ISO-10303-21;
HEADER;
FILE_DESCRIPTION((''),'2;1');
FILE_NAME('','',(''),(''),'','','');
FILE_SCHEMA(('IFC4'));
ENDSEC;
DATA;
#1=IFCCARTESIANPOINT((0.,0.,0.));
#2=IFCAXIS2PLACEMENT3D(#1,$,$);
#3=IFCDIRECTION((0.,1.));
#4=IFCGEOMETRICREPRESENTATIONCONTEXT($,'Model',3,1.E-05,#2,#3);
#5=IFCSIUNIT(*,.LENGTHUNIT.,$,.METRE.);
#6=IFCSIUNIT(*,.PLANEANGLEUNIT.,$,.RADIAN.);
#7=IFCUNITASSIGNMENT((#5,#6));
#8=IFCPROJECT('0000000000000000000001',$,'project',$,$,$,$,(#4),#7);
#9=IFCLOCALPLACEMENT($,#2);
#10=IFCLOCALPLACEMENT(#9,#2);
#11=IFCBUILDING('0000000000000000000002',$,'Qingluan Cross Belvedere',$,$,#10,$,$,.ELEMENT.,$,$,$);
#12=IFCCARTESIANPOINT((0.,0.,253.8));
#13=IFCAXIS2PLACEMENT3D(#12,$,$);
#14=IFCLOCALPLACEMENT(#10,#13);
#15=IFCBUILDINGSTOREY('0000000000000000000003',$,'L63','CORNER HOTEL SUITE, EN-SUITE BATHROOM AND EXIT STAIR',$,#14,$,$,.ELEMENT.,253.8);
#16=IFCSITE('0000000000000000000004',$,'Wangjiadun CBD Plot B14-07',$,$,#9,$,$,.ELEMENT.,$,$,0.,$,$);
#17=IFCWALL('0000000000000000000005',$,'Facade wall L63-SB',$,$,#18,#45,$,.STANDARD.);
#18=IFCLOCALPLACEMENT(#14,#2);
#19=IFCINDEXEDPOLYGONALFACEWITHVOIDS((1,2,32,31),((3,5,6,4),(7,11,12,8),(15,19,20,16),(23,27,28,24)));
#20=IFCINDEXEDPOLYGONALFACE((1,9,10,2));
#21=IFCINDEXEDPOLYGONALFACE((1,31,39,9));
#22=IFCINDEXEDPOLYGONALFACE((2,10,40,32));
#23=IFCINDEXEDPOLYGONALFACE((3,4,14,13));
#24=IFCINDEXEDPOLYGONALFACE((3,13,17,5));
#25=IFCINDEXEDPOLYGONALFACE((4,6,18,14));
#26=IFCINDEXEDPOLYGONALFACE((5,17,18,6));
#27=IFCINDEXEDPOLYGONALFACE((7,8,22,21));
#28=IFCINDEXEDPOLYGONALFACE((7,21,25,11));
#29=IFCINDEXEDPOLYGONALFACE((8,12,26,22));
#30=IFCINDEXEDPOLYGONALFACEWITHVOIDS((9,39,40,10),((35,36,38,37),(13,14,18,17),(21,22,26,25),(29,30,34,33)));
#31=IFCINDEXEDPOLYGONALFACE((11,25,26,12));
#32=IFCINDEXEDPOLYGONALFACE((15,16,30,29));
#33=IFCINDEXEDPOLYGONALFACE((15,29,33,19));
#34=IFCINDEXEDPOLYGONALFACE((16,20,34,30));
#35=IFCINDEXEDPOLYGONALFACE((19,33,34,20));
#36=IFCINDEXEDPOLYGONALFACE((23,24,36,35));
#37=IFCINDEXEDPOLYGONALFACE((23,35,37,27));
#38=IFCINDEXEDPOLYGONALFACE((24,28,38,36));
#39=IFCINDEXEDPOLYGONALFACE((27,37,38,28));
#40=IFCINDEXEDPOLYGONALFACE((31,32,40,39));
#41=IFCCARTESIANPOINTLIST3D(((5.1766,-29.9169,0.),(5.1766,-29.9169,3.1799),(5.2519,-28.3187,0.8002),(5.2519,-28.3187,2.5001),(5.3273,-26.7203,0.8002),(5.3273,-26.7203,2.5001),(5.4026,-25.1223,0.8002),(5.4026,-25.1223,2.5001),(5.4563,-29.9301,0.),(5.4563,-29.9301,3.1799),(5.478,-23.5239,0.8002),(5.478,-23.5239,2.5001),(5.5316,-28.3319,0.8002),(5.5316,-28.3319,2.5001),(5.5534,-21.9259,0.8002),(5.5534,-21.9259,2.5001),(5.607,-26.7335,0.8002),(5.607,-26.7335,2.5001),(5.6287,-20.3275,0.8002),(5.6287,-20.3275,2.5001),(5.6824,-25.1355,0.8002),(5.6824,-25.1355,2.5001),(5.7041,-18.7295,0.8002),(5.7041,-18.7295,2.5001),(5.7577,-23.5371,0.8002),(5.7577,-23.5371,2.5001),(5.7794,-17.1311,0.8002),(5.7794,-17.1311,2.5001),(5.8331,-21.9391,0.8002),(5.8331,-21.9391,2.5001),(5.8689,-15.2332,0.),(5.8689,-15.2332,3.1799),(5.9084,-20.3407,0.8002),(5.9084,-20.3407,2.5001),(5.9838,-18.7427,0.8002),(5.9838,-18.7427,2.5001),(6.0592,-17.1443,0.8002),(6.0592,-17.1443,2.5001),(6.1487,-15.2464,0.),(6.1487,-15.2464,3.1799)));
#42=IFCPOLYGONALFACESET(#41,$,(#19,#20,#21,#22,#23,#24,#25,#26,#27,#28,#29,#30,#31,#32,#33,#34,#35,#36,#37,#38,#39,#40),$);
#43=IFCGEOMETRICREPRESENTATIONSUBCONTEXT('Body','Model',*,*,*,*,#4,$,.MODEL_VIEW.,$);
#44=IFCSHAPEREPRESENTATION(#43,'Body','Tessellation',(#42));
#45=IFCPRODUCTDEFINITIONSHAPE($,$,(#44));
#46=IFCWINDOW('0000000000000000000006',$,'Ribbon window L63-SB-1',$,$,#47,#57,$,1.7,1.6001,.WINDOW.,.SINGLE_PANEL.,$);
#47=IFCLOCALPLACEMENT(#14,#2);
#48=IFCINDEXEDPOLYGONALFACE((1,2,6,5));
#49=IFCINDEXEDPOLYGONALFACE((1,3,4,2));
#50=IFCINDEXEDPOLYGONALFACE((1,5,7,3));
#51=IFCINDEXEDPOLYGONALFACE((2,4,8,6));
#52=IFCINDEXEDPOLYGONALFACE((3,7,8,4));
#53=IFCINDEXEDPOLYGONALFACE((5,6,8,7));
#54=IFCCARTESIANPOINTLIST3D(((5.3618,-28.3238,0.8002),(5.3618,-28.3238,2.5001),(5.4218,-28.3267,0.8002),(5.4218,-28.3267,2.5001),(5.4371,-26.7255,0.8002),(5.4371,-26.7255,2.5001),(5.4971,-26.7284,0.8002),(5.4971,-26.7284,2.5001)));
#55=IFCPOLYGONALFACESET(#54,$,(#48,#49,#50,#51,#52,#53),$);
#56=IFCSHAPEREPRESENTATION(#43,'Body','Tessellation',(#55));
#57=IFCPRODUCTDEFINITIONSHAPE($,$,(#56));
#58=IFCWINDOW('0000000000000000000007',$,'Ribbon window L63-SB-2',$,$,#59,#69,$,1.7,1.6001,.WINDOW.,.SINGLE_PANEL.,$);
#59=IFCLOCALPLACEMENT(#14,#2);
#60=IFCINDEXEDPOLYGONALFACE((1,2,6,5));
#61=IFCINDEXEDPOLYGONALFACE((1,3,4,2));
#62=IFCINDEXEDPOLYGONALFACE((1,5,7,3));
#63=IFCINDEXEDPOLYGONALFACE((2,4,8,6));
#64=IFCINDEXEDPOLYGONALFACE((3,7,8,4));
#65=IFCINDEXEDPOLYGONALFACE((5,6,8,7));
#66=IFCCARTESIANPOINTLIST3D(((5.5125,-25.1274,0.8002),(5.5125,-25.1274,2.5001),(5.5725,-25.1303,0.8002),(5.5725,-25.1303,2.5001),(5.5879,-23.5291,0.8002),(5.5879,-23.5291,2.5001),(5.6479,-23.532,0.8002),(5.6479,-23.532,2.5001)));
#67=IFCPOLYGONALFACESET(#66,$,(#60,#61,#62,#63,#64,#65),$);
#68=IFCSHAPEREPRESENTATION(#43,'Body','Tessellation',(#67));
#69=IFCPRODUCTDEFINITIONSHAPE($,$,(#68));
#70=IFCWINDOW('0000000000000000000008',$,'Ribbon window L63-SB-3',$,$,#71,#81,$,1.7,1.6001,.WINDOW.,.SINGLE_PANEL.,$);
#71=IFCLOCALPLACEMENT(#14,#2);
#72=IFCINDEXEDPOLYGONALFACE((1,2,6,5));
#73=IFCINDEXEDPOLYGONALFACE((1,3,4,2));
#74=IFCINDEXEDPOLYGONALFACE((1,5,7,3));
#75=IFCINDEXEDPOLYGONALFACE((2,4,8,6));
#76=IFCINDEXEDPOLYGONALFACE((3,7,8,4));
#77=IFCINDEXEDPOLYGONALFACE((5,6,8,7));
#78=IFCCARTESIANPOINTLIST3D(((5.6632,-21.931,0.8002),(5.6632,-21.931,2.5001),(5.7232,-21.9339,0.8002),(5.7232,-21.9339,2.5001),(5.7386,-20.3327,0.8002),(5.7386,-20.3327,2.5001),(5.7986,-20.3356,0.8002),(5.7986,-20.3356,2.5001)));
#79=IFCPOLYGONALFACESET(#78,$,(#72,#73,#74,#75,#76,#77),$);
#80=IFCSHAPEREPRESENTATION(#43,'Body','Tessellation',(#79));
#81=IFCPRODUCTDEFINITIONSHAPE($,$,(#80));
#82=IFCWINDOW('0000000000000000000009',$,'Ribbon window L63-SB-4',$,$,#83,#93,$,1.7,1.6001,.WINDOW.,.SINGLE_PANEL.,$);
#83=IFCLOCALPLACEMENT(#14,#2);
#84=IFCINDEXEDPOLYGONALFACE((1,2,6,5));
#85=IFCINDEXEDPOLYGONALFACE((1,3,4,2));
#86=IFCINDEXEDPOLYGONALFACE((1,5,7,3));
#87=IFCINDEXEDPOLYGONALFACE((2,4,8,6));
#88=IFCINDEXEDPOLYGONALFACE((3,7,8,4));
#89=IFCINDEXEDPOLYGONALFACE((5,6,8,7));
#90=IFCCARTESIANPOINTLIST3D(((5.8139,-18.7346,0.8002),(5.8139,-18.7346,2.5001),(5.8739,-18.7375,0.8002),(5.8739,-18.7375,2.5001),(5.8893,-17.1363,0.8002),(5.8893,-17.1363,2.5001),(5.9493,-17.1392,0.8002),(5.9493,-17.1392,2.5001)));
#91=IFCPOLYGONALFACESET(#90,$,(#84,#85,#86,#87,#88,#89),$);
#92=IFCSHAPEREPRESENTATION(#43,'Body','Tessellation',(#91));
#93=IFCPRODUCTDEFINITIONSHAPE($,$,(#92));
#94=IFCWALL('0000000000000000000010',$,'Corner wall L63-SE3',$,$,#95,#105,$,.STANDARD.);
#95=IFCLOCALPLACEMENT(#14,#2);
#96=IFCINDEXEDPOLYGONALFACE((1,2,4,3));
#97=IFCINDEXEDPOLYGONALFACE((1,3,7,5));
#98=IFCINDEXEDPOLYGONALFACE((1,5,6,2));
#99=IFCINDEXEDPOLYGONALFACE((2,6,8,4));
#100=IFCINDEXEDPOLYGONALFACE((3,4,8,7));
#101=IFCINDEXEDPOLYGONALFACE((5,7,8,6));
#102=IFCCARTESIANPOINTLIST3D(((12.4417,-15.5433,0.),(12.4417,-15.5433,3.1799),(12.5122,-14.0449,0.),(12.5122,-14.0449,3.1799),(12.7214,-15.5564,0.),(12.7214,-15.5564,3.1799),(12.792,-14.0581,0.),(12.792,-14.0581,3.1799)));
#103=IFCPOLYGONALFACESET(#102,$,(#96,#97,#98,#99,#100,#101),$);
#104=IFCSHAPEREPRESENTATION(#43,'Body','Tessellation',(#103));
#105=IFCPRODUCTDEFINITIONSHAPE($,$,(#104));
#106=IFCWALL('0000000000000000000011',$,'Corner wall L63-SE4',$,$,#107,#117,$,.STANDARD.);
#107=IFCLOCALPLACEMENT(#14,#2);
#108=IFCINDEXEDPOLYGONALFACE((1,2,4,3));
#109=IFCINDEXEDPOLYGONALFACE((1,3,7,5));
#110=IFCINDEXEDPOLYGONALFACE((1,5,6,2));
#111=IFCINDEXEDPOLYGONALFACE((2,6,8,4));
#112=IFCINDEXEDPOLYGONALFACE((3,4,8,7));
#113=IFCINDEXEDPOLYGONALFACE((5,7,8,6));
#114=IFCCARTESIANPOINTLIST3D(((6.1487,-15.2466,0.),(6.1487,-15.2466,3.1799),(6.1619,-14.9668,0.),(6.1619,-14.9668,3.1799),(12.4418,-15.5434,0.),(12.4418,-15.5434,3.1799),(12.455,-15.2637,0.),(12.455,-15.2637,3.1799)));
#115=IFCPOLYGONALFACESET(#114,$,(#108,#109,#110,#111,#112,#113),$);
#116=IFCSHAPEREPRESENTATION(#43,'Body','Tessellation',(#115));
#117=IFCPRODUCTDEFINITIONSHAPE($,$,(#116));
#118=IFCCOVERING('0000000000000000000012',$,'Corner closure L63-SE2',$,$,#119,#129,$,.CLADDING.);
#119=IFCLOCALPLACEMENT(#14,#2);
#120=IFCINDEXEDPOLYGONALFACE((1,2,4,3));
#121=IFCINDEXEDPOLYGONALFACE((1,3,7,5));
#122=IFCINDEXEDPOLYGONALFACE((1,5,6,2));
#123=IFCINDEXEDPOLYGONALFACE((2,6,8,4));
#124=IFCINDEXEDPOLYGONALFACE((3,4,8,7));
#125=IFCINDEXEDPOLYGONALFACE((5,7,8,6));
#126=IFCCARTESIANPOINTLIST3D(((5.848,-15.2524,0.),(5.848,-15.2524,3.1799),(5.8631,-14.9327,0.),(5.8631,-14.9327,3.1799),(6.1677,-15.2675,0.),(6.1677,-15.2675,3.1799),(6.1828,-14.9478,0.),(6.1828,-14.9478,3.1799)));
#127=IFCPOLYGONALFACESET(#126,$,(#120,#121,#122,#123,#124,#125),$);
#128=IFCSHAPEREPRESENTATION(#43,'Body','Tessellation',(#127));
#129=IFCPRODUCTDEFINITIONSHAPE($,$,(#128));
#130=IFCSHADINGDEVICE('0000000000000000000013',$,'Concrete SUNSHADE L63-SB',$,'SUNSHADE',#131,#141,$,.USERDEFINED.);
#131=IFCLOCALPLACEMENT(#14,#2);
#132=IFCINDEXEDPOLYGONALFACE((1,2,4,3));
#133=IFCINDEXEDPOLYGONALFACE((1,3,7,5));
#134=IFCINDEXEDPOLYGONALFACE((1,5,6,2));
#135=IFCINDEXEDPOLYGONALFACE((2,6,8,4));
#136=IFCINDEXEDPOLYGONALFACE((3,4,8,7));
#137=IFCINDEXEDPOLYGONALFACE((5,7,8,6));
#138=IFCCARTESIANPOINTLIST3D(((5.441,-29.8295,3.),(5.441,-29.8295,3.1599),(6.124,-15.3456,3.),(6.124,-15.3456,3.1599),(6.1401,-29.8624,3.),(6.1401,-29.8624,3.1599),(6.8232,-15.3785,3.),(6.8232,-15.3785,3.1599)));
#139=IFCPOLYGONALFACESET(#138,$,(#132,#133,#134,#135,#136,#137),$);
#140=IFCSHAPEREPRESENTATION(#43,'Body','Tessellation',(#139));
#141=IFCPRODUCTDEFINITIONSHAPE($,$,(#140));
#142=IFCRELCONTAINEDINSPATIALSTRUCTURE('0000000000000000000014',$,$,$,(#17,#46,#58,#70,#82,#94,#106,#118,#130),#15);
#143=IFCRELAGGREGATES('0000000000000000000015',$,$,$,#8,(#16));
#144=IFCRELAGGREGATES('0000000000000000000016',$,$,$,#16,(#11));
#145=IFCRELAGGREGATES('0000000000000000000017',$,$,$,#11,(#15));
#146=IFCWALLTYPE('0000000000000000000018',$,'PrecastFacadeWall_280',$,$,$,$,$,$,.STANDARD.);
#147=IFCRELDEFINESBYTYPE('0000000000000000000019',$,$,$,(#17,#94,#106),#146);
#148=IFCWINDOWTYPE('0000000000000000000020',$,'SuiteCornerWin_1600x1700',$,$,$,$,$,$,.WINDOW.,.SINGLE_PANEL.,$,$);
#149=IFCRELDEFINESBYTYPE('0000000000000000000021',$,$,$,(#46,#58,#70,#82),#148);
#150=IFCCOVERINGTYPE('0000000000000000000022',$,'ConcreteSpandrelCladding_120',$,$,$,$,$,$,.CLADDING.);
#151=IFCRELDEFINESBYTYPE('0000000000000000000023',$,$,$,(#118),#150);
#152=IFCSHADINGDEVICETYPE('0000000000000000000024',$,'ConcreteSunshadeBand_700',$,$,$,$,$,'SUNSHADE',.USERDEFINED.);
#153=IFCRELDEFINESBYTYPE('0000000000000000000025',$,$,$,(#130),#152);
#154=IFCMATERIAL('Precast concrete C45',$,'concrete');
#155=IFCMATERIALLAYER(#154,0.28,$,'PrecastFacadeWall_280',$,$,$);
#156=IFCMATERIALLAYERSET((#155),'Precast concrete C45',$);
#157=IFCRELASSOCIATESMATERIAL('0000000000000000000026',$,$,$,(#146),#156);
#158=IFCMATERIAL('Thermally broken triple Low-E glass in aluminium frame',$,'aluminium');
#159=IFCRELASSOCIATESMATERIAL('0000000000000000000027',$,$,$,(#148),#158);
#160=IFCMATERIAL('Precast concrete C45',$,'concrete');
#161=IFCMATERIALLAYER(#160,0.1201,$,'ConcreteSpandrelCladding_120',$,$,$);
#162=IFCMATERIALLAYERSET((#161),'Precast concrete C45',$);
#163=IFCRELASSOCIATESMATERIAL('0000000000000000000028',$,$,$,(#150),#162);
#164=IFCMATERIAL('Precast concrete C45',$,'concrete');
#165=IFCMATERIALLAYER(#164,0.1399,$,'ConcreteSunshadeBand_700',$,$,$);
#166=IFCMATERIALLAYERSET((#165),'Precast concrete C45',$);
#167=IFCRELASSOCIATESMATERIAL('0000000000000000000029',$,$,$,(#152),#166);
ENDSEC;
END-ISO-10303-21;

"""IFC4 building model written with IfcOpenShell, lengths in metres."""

from ifc_helpers import new_model, si_unit, direction, frame, frame_2d, origin, origin_2d, place, context, subcontext, project, spatial, rectangle, extrude, material, layer, layer_set, type_object, element, fill, save


model = new_model("IFC4")

# Units and contexts
model_context = context("Model", 3, precision=1e-05, world=origin(), true_north=direction((0.0, 1.0)))
body_context = subcontext(model_context, "Body", "Model", "MODEL_VIEW")
ifc_project = project(units=[si_unit("LENGTHUNIT", "METRE"), si_unit("PLANEANGLEUNIT", "RADIAN")], contexts=[model_context])

# Site, building, storey
site_placement = place(None, origin())
site = spatial("IfcSite", under=ifc_project, at=site_placement, Name="Wangjiadun CBD Plot B14-07", CompositionType="ELEMENT", RefElevation=0.0)
building_placement = place(site_placement, origin())
building = spatial("IfcBuilding", under=site, at=building_placement, Name="Qingluan Cross Belvedere", CompositionType="ELEMENT")
storey_placement = place(building_placement, frame((0.0, 0.0, 253.8)))
storey = spatial("IfcBuildingStorey", under=building, at=storey_placement, Name="L63", Description="CORNER HOTEL SUITE, EN-SUITE BATHROOM AND EXIT STAIR", CompositionType="ELEMENT", Elevation=253.8)

# Wall, openings, windows
ifc_material_1 = material(Name="Precast concrete C45", Category="concrete")
ifc_layer_1 = layer(ifc_material_1, 0.28, Name="PrecastFacadeWall_280")
ifc_layer_set_1 = layer_set([ifc_layer_1], Name="Precast concrete C45")
wall_type_1 = type_object("IfcWallType", Name="PrecastFacadeWall_280", PredefinedType="STANDARD", material=ifc_layer_set_1)
wall_1_placement = place(storey_placement, frame((5.3164, -29.9236, 0.0), z_axis=(0.0, 0.0, 1.0), x_axis=(0.047101, 0.99889, 0.0)))
wall_1 = element("IfcWall", 1, at=wall_1_placement, inside=storey, type_object=wall_type_1, Name="Facade wall L63-SB", PredefinedType="STANDARD", context=body_context, shape_type="SweptSolid", body=[
    extrude(rectangle(XDim=14.7, YDim=0.28, at=frame_2d((7.3501, 0.0))), origin(), (0.0, 0.0, 1.0), 3.1799),
])
opening_1_placement = place(wall_1_placement, frame((1.6001, 0.0, 0.8)))
opening_1 = element("IfcOpeningElement", 2, at=opening_1_placement, cuts=wall_1, PredefinedType="OPENING", context=body_context, shape_type="SweptSolid", body=[
    extrude(rectangle(XDim=1.6001, YDim=1.7, at=frame_2d((0.8, 0.8501))), frame((0.0, 0.1499, 0.0), z_axis=(0.0, -1.0, 0.0), x_axis=(1.0, 0.0, 0.0)), (0.0, 0.0, 1.0), 0.3),
])
opening_2_placement = place(wall_1_placement, frame((4.8, 0.0, 0.8)))
opening_2 = element("IfcOpeningElement", 3, at=opening_2_placement, cuts=wall_1, PredefinedType="OPENING", context=body_context, shape_type="SweptSolid", body=[
    extrude(rectangle(XDim=1.6001, YDim=1.7, at=frame_2d((0.8, 0.8501))), frame((0.0, 0.1499, 0.0), z_axis=(0.0, -1.0, 0.0), x_axis=(1.0, 0.0, 0.0)), (0.0, 0.0, 1.0), 0.3),
])
opening_3_placement = place(wall_1_placement, frame((8.0, 0.0, 0.8)))
opening_3 = element("IfcOpeningElement", 4, at=opening_3_placement, cuts=wall_1, PredefinedType="OPENING", context=body_context, shape_type="SweptSolid", body=[
    extrude(rectangle(XDim=1.6001, YDim=1.7, at=frame_2d((0.8, 0.8501))), frame((0.0, 0.1499, 0.0), z_axis=(0.0, -1.0, 0.0), x_axis=(1.0, 0.0, 0.0)), (0.0, 0.0, 1.0), 0.3),
])
opening_4_placement = place(wall_1_placement, frame((11.2, 0.0, 0.8)))
opening_4 = element("IfcOpeningElement", 5, at=opening_4_placement, cuts=wall_1, PredefinedType="OPENING", context=body_context, shape_type="SweptSolid", body=[
    extrude(rectangle(XDim=1.6001, YDim=1.7, at=frame_2d((0.8, 0.8501))), frame((0.0, 0.1499, 0.0), z_axis=(0.0, -1.0, 0.0), x_axis=(1.0, 0.0, 0.0)), (0.0, 0.0, 1.0), 0.3),
])
ifc_material_2 = material(Name="Thermally broken triple Low-E glass in aluminium frame", Category="aluminium")
window_type = type_object("IfcWindowType", Name="SuiteCornerWin_1600x1700", PartitioningType="SINGLE_PANEL", PredefinedType="WINDOW", material=ifc_material_2)
window_1_placement = place(opening_1_placement, origin())
window_1 = element("IfcWindow", 6, at=window_1_placement, inside=storey, type_object=window_type, Name="Ribbon window L63-SB-1", OverallHeight=1.7, OverallWidth=1.6001, PartitioningType="SINGLE_PANEL", PredefinedType="WINDOW", context=body_context, shape_type="SweptSolid", body=[
    extrude(rectangle(XDim=1.6001, YDim=1.7, at=frame_2d((0.8, 0.8501))), frame((0.0, 0.03, 0.0), z_axis=(0.0, -1.0, 0.0), x_axis=(1.0, 0.0, 0.0)), (0.0, 0.0, 1.0), 0.0601),
])
fill(opening_1, window_1)
window_2_placement = place(opening_2_placement, origin())
window_2 = element("IfcWindow", 7, at=window_2_placement, inside=storey, type_object=window_type, Name="Ribbon window L63-SB-2", OverallHeight=1.7, OverallWidth=1.6001, PartitioningType="SINGLE_PANEL", PredefinedType="WINDOW", context=body_context, shape_type="SweptSolid", body=[
    extrude(rectangle(XDim=1.6001, YDim=1.7, at=frame_2d((0.8, 0.8501))), frame((0.0, 0.03, 0.0), z_axis=(0.0, -1.0, 0.0), x_axis=(1.0, 0.0, 0.0)), (0.0, 0.0, 1.0), 0.0601),
])
fill(opening_2, window_2)
window_3_placement = place(opening_3_placement, origin())
window_3 = element("IfcWindow", 8, at=window_3_placement, inside=storey, type_object=window_type, Name="Ribbon window L63-SB-3", OverallHeight=1.7, OverallWidth=1.6001, PartitioningType="SINGLE_PANEL", PredefinedType="WINDOW", context=body_context, shape_type="SweptSolid", body=[
    extrude(rectangle(XDim=1.6001, YDim=1.7, at=frame_2d((0.8, 0.8501))), frame((0.0, 0.03, 0.0), z_axis=(0.0, -1.0, 0.0), x_axis=(1.0, 0.0, 0.0)), (0.0, 0.0, 1.0), 0.0601),
])
fill(opening_3, window_3)
window_4_placement = place(opening_4_placement, origin())
window_4 = element("IfcWindow", 9, at=window_4_placement, inside=storey, type_object=window_type, Name="Ribbon window L63-SB-4", OverallHeight=1.7, OverallWidth=1.6001, PartitioningType="SINGLE_PANEL", PredefinedType="WINDOW", context=body_context, shape_type="SweptSolid", body=[
    extrude(rectangle(XDim=1.6001, YDim=1.7, at=frame_2d((0.8, 0.8501))), frame((0.0, 0.03, 0.0), z_axis=(0.0, -1.0, 0.0), x_axis=(1.0, 0.0, 0.0)), (0.0, 0.0, 1.0), 0.0601),
])
fill(opening_4, window_4)

# Walls
wall_2_placement = place(storey_placement, frame((12.6521, -14.0515, 0.0), z_axis=(0.0, 0.0, 1.0), x_axis=(-0.047039, -0.998893, 0.0)))
element("IfcWall", 10, at=wall_2_placement, inside=storey, type_object=wall_type_1, Name="Corner wall L63-SE3", PredefinedType="STANDARD", context=body_context, shape_type="SweptSolid", body=[
    extrude(rectangle(XDim=1.5, YDim=0.28, at=frame_2d((0.75, 0.0))), origin(), (0.0, 0.0, 1.0), 3.1799),
])
wall_3_placement = place(storey_placement, frame((12.4482, -15.4036, 0.0), z_axis=(0.0, 0.0, 1.0), x_axis=(-0.998889, 0.047123, 0.0)))
element("IfcWall", 11, at=wall_3_placement, inside=storey, type_object=wall_type_1, Name="Corner wall L63-SE4", PredefinedType="STANDARD", context=body_context, shape_type="SweptSolid", body=[
    extrude(rectangle(XDim=6.3, YDim=0.28, at=frame_2d((3.1499, 0.0))), origin(), (0.0, 0.0, 1.0), 3.1799),
])

# Covering
ifc_material_3 = material(Name="Precast concrete C45", Category="concrete")
ifc_layer_2 = layer(ifc_material_3, 0.1201, Name="ConcreteSpandrelCladding_120")
ifc_layer_set_2 = layer_set([ifc_layer_2], Name="Precast concrete C45")
covering_type = type_object("IfcCoveringType", Name="ConcreteSpandrelCladding_120", PredefinedType="CLADDING", material=ifc_layer_set_2)
covering_placement = place(storey_placement, frame((6.0154, -15.1001, 0.0), z_axis=(0.0, 0.0, 1.0), x_axis=(0.99889, -0.047106, 0.0)))
element("IfcCovering", 12, at=covering_placement, inside=storey, type_object=covering_type, Name="Corner closure L63-SE2", PredefinedType="CLADDING", context=body_context, shape_type="SweptSolid", body=[
    extrude(rectangle(XDim=0.3201, YDim=0.3201, at=origin_2d()), origin(), (0.0, 0.0, 1.0), 3.1799),
])

# Shading device
ifc_material_4 = material(Name="Precast concrete C45", Category="concrete")
ifc_layer_3 = layer(ifc_material_4, 0.1399, Name="ConcreteSunshadeBand_700")
ifc_layer_set_3 = layer_set([ifc_layer_3], Name="Precast concrete C45")
shading_device_type = type_object("IfcShadingDeviceType", Name="ConcreteSunshadeBand_700", ElementType="SUNSHADE", PredefinedType="USERDEFINED", material=ifc_layer_set_3)
shading_device_placement = place(storey_placement, frame((6.1321, -22.604, 3.0), z_axis=(0.0, 0.0, 1.0), x_axis=(0.047109, 0.99889, 0.0)))
element("IfcShadingDevice", 13, at=shading_device_placement, inside=storey, type_object=shading_device_type, Name="Concrete SUNSHADE L63-SB", ObjectType="SUNSHADE", PredefinedType="USERDEFINED", context=body_context, shape_type="SweptSolid", body=[
    extrude(rectangle(XDim=14.5, YDim=0.7, at=origin_2d()), origin(), (0.0, 0.0, 1.0), 0.1599),
])

save(model, "model.ifc")
